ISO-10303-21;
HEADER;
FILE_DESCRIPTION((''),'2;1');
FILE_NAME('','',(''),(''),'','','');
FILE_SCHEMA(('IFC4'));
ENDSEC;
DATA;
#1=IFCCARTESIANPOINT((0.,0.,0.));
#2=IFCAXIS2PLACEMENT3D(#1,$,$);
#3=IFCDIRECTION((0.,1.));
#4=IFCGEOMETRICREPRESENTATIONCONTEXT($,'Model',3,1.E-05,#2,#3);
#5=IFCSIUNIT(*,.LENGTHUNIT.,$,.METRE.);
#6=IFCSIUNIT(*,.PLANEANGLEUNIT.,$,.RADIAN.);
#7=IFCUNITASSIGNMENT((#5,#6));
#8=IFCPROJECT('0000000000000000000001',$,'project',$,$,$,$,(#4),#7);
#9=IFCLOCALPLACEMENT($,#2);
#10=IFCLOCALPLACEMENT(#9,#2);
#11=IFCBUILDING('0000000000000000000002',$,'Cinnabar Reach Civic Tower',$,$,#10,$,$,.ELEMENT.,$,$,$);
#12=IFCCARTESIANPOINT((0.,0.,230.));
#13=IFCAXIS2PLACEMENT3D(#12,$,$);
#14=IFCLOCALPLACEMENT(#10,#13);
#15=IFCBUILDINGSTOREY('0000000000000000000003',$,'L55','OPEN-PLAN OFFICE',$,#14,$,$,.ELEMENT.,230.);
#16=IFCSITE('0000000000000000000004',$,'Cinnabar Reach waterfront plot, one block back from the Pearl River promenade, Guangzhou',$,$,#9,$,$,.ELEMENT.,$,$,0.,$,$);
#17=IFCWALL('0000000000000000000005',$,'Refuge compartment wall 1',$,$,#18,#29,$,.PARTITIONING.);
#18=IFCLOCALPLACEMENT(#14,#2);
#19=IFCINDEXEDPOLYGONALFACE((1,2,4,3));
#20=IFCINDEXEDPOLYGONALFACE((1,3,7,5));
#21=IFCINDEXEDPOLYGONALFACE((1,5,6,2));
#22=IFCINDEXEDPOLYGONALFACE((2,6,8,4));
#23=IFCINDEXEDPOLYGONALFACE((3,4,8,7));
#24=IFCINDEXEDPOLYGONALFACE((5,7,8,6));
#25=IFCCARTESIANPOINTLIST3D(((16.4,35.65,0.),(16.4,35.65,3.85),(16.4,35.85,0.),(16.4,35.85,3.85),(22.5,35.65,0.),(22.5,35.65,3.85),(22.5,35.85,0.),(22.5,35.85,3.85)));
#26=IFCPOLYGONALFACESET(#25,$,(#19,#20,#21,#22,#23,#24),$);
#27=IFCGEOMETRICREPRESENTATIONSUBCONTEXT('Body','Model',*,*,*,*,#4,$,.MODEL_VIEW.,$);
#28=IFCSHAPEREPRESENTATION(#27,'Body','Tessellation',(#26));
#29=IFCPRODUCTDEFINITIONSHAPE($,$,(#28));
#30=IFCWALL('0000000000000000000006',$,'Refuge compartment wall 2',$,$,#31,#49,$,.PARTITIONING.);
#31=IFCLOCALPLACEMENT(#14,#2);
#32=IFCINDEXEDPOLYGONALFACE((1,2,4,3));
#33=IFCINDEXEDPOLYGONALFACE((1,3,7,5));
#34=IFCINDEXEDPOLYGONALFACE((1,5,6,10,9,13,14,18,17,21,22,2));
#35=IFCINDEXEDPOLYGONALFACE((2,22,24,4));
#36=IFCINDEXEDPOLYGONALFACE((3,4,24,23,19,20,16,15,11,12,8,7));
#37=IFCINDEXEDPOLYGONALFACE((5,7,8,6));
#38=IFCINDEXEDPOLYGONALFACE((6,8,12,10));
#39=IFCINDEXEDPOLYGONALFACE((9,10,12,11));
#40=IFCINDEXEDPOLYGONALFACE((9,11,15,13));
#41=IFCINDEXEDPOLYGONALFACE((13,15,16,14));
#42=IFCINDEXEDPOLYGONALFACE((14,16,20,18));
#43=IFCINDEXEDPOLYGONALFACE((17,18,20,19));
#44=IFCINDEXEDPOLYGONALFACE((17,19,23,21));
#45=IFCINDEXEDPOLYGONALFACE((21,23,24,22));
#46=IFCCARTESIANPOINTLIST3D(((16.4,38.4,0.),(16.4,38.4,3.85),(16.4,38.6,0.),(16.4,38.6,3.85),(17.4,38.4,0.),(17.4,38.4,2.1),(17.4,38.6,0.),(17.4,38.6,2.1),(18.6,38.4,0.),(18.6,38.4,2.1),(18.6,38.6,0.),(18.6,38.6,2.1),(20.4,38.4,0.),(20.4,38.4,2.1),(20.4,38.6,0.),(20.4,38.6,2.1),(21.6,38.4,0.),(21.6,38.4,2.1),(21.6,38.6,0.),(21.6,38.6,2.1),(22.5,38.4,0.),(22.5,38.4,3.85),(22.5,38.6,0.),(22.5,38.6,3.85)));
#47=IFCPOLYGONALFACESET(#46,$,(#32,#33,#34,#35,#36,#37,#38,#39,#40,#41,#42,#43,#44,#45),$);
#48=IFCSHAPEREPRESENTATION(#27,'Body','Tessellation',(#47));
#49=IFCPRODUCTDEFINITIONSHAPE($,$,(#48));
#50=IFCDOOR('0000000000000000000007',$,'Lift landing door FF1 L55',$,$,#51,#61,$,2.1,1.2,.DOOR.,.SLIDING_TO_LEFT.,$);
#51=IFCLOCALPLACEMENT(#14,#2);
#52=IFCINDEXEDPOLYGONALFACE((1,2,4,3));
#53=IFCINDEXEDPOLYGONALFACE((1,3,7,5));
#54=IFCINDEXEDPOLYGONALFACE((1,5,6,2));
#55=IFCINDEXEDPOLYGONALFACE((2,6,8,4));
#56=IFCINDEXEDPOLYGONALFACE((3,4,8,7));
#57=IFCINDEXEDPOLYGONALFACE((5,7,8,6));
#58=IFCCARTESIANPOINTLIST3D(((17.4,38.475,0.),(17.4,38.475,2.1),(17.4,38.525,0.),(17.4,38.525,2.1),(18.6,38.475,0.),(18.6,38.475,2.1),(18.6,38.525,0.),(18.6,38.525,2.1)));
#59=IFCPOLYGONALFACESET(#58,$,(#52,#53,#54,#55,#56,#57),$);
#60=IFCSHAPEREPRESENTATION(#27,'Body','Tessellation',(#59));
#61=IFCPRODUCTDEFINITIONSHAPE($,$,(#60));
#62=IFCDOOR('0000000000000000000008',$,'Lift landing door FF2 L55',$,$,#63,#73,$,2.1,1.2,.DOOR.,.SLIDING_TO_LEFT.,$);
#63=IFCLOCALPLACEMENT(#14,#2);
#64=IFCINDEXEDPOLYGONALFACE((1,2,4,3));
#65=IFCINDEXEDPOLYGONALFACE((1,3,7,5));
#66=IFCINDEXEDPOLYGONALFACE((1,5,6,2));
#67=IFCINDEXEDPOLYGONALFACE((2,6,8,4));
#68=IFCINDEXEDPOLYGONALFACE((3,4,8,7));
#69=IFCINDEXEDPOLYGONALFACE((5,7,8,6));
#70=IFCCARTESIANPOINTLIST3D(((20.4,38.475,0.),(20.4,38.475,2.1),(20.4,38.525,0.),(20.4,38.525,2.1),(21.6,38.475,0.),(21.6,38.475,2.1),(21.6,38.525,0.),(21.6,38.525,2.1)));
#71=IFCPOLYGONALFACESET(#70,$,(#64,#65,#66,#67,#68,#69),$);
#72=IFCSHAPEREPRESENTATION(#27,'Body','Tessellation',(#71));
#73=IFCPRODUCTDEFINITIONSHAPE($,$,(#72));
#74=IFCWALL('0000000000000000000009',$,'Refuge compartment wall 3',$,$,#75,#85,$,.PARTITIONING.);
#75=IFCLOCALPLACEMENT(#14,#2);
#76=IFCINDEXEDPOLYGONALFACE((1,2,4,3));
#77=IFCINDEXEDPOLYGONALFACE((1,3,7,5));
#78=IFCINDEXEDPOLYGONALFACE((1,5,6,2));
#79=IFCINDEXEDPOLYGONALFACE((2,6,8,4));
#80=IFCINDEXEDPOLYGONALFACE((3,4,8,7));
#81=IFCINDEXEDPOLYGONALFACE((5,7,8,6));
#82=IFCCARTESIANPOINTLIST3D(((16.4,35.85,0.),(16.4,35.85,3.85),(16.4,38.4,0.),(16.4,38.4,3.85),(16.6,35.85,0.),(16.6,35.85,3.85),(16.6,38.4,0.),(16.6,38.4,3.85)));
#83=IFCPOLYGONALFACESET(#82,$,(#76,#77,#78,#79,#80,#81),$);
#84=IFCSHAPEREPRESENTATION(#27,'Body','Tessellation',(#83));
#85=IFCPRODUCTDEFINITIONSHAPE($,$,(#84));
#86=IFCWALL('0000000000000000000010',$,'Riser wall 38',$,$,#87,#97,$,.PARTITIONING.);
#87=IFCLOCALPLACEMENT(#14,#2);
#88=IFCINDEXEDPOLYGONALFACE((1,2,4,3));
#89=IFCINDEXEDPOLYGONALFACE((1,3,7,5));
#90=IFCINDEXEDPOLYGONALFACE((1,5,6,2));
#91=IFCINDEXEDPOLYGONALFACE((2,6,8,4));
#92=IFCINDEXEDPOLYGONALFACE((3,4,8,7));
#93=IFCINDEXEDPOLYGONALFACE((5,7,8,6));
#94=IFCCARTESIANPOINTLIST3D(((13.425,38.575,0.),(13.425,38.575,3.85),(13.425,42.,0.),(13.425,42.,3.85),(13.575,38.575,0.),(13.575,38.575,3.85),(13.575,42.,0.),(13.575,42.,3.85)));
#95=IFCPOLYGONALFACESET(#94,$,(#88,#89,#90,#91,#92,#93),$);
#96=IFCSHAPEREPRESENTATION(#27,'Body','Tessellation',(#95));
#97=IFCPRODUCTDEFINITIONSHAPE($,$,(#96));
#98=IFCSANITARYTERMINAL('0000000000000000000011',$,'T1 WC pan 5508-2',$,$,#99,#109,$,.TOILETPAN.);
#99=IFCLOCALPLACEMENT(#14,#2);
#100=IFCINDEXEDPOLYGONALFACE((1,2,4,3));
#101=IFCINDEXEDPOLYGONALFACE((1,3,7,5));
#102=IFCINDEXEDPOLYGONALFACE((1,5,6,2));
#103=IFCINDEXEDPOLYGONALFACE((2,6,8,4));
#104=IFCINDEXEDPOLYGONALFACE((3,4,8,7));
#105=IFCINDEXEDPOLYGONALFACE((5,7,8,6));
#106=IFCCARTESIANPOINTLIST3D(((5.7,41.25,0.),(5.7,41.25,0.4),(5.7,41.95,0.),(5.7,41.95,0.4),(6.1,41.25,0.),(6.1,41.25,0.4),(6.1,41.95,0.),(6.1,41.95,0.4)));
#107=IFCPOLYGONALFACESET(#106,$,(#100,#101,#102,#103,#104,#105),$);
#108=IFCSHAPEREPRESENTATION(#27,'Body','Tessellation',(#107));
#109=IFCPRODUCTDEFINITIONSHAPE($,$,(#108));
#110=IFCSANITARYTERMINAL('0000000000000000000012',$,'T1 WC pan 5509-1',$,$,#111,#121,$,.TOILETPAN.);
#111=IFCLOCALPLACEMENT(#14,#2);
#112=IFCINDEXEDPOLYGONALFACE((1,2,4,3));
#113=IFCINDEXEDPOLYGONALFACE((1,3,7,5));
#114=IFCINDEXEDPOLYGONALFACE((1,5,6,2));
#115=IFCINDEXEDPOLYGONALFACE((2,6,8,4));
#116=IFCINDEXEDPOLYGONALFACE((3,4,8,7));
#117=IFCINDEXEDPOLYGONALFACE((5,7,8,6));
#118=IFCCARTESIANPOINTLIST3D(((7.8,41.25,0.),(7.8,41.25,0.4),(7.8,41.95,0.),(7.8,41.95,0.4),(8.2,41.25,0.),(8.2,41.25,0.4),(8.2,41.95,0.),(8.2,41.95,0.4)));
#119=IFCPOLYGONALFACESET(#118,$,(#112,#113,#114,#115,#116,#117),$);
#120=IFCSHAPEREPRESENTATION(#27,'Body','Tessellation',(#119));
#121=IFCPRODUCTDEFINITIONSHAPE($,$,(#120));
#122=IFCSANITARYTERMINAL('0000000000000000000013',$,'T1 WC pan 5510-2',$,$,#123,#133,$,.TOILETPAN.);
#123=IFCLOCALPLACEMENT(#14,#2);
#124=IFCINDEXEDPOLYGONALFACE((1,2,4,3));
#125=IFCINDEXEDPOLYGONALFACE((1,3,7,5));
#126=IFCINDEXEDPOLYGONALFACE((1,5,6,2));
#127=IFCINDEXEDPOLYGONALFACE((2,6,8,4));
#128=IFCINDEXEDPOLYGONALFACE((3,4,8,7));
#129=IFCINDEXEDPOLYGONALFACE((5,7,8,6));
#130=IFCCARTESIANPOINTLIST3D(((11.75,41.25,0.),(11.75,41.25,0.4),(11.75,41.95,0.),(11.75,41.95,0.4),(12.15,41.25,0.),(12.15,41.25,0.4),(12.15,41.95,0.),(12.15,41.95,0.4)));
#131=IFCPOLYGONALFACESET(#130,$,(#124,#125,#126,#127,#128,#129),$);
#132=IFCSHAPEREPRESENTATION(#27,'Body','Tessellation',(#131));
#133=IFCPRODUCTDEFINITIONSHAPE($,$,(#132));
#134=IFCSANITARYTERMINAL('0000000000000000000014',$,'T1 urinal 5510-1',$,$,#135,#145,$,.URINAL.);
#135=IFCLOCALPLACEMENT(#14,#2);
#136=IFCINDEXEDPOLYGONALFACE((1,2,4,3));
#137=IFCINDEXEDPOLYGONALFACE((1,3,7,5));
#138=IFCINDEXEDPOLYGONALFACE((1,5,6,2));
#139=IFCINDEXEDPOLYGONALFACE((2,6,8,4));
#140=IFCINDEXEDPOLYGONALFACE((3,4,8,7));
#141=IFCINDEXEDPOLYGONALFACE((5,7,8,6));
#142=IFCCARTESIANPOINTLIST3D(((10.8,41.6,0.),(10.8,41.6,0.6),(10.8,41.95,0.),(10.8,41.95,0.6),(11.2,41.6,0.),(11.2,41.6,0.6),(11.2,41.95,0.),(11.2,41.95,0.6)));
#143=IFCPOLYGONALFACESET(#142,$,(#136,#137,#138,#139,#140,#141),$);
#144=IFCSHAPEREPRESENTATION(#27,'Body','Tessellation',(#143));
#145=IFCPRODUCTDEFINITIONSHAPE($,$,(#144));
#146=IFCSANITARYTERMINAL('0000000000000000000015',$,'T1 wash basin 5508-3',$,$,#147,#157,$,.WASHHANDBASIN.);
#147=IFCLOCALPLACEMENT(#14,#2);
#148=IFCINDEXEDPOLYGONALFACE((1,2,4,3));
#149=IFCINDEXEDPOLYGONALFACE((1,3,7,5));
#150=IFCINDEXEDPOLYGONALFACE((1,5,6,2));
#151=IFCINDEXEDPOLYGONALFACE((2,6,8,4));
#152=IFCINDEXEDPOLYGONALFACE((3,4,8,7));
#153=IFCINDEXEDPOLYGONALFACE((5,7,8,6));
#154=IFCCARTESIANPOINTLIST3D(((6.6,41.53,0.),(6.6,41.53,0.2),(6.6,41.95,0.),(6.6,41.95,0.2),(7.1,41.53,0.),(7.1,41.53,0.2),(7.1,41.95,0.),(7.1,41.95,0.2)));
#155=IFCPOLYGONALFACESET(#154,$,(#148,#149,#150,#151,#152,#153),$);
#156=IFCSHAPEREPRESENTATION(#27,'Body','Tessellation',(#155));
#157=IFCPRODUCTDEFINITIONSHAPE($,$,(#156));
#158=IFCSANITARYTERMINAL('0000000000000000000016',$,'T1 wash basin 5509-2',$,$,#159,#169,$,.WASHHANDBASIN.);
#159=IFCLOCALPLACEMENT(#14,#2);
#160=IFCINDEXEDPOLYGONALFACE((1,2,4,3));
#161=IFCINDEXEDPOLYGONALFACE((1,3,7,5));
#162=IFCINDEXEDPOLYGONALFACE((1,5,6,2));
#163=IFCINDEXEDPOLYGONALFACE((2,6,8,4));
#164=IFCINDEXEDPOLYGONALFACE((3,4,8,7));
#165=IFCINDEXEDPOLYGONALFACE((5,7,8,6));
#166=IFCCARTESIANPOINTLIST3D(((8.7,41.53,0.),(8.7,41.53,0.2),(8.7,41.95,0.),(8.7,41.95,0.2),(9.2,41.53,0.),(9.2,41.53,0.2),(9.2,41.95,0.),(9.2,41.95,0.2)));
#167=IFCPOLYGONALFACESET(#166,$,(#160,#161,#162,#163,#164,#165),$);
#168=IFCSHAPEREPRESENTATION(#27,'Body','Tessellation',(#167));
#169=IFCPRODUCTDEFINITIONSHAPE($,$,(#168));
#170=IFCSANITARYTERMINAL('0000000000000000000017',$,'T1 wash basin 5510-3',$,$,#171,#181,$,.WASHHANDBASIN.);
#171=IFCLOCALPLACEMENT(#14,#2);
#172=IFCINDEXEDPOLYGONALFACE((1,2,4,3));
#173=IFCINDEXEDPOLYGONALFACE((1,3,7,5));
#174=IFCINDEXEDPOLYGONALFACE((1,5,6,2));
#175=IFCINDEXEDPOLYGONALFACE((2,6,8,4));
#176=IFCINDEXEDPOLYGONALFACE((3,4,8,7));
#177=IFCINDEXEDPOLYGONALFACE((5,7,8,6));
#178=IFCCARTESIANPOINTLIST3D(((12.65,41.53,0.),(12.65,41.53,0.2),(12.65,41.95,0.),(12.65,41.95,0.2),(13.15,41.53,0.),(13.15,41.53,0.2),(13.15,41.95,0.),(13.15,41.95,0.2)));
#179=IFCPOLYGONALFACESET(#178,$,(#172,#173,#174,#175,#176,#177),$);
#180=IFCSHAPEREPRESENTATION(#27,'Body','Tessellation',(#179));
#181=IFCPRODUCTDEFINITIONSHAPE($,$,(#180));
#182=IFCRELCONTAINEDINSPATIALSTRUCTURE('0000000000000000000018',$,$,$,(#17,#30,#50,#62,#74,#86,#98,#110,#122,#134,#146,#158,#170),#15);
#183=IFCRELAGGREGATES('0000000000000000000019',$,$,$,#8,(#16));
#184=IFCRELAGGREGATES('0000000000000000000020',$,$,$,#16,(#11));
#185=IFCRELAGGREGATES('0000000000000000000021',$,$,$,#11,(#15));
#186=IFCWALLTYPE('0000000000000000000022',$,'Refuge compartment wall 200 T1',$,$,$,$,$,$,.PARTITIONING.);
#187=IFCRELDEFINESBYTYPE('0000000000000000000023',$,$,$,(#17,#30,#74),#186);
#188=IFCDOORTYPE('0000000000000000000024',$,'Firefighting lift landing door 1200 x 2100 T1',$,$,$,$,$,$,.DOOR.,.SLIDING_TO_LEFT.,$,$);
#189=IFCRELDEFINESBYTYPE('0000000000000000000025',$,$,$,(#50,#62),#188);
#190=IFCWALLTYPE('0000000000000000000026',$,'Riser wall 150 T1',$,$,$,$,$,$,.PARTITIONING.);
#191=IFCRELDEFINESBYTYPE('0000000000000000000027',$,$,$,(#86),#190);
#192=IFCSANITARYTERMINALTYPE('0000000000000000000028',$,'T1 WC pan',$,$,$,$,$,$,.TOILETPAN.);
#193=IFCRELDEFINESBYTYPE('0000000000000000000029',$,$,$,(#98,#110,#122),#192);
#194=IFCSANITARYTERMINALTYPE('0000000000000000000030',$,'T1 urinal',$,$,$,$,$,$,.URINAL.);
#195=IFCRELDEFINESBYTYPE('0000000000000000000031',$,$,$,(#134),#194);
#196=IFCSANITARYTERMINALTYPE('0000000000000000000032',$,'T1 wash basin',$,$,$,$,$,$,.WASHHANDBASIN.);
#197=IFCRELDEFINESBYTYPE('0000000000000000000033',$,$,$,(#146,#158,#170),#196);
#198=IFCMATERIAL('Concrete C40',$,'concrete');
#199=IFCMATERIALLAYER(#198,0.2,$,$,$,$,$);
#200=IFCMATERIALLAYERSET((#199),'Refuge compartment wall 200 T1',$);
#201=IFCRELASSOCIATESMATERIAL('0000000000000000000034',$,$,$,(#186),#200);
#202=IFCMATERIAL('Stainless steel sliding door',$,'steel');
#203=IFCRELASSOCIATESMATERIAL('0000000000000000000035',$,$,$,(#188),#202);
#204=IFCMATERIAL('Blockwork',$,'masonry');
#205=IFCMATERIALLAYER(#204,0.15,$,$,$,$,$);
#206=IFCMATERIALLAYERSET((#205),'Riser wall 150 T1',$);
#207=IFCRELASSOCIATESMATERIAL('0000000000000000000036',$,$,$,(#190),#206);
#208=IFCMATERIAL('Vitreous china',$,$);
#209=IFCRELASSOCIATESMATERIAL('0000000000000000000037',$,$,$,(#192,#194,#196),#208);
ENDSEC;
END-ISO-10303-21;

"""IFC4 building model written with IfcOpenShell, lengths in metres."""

from ifc_helpers import new_model, si_unit, direction, frame, frame_2d, origin, origin_2d, place, context, subcontext, project, spatial, rectangle, extrude, material, layer, layer_set, type_object, element, fill, save


model = new_model("IFC4")

# Units and contexts
model_context = context("Model", 3, precision=1e-05, world=origin(), true_north=direction((0.0, 1.0)))
body_context = subcontext(model_context, "Body", "Model", "MODEL_VIEW")
ifc_project = project(units=[si_unit("LENGTHUNIT", "METRE"), si_unit("PLANEANGLEUNIT", "RADIAN")], contexts=[model_context])

# Site, building, storey
site_placement = place(None, origin())
site = spatial("IfcSite", under=ifc_project, at=site_placement, Name="Cinnabar Reach waterfront plot, one block back from the Pearl River promenade, Guangzhou", CompositionType="ELEMENT", RefElevation=0.0)
building_placement = place(site_placement, origin())
building = spatial("IfcBuilding", under=site, at=building_placement, Name="Cinnabar Reach Civic Tower", CompositionType="ELEMENT")
storey_placement = place(building_placement, frame((0.0, 0.0, 230.0)))
storey = spatial("IfcBuildingStorey", under=building, at=storey_placement, Name="L55", Description="OPEN-PLAN OFFICE", CompositionType="ELEMENT", Elevation=230.0)

# Shared definitions
ifc_material_1 = material(Name="Blockwork", Category="masonry")
ifc_material_2 = material(Name="Stainless steel sliding door", Category="steel")

# Wall
ifc_material_3 = material(Name="Concrete C40", Category="concrete")
ifc_layer_1 = layer(ifc_material_3, 0.2)
ifc_layer_set_1 = layer_set([ifc_layer_1], Name="Refuge compartment wall 200 T1")
wall_type_1 = type_object("IfcWallType", Name="Refuge compartment wall 200 T1", PredefinedType="PARTITIONING", material=ifc_layer_set_1)
wall_1_placement = place(storey_placement, frame((16.4, 35.75, 0.0), z_axis=(0.0, 0.0, 1.0), x_axis=(1.0, 0.0, 0.0)))
element("IfcWall", 1, at=wall_1_placement, inside=storey, type_object=wall_type_1, Name="Refuge compartment wall 1", PredefinedType="PARTITIONING", context=body_context, shape_type="SweptSolid", body=[
    extrude(rectangle(XDim=6.1, YDim=0.2, at=frame_2d((3.05, 0.0))), origin(), (0.0, 0.0, 1.0), 3.85),
])

# Wall, openings, doors
wall_2_placement = place(storey_placement, frame((16.4, 38.5, 0.0), z_axis=(0.0, 0.0, 1.0), x_axis=(1.0, 0.0, 0.0)))
wall_2 = element("IfcWall", 2, at=wall_2_placement, inside=storey, type_object=wall_type_1, Name="Refuge compartment wall 2", PredefinedType="PARTITIONING", context=body_context, shape_type="SweptSolid", body=[
    extrude(rectangle(XDim=6.1, YDim=0.2, at=frame_2d((3.05, 0.0))), origin(), (0.0, 0.0, 1.0), 3.85),
])
opening_1_placement = place(wall_2_placement, frame((1.0, 0.0, 0.0)))
opening_1 = element("IfcOpeningElement", 3, at=opening_1_placement, cuts=wall_2, PredefinedType="OPENING", context=body_context, shape_type="SweptSolid", body=[
    extrude(rectangle(XDim=1.2, YDim=2.1, at=frame_2d((0.6, 1.05))), frame((0.0, 0.11, 0.0), z_axis=(0.0, -1.0, 0.0), x_axis=(1.0, 0.0, 0.0)), (0.0, 0.0, 1.0), 0.22),
])
opening_2_placement = place(wall_2_placement, frame((4.0, 0.0, 0.0)))
opening_2 = element("IfcOpeningElement", 4, at=opening_2_placement, cuts=wall_2, PredefinedType="OPENING", context=body_context, shape_type="SweptSolid", body=[
    extrude(rectangle(XDim=1.2, YDim=2.1, at=frame_2d((0.6, 1.05))), frame((0.0, 0.11, 0.0), z_axis=(0.0, -1.0, 0.0), x_axis=(1.0, 0.0, 0.0)), (0.0, 0.0, 1.0), 0.22),
])
door_type_1 = type_object("IfcDoorType", Name="Firefighting lift landing door 1200 x 2100 T1", OperationType="SLIDING_TO_LEFT", PredefinedType="DOOR", material=ifc_material_2)
door_1_placement = place(opening_1_placement, origin())
door_1 = element("IfcDoor", 5, at=door_1_placement, inside=storey, type_object=door_type_1, Name="Lift landing door FF1 L55", OperationType="SLIDING_TO_LEFT", OverallHeight=2.1, OverallWidth=1.2, PredefinedType="DOOR", context=body_context, shape_type="SweptSolid", body=[
    extrude(rectangle(XDim=1.2, YDim=2.1, at=frame_2d((0.6, 1.05))), frame((0.0, 0.025, 0.0), z_axis=(0.0, -1.0, 0.0), x_axis=(1.0, 0.0, 0.0)), (0.0, 0.0, 1.0), 0.05),
])
fill(opening_1, door_1)
door_2_placement = place(opening_2_placement, origin())
door_2 = element("IfcDoor", 6, at=door_2_placement, inside=storey, type_object=door_type_1, Name="Lift landing door FF2 L55", OperationType="SLIDING_TO_LEFT", OverallHeight=2.1, OverallWidth=1.2, PredefinedType="DOOR", context=body_context, shape_type="SweptSolid", body=[
    extrude(rectangle(XDim=1.2, YDim=2.1, at=frame_2d((0.6, 1.05))), frame((0.0, 0.025, 0.0), z_axis=(0.0, -1.0, 0.0), x_axis=(1.0, 0.0, 0.0)), (0.0, 0.0, 1.0), 0.05),
])
fill(opening_2, door_2)

# Walls
wall_3_placement = place(storey_placement, frame((16.5, 35.85, 0.0), z_axis=(0.0, 0.0, 1.0), x_axis=(0.0, 1.0, 0.0)))
element("IfcWall", 7, at=wall_3_placement, inside=storey, type_object=wall_type_1, Name="Refuge compartment wall 3", PredefinedType="PARTITIONING", context=body_context, shape_type="SweptSolid", body=[
    extrude(rectangle(XDim=2.55, YDim=0.2, at=frame_2d((1.275, 0.0))), origin(), (0.0, 0.0, 1.0), 3.85),
])
ifc_layer_2 = layer(ifc_material_1, 0.15)
ifc_layer_set_2 = layer_set([ifc_layer_2], Name="Riser wall 150 T1")
wall_type_2 = type_object("IfcWallType", Name="Riser wall 150 T1", PredefinedType="PARTITIONING", material=ifc_layer_set_2)
wall_4_placement = place(storey_placement, frame((13.5, 38.575, 0.0), z_axis=(0.0, 0.0, 1.0), x_axis=(0.0, 1.0, 0.0)))
element("IfcWall", 8, at=wall_4_placement, inside=storey, type_object=wall_type_2, Name="Riser wall 38", PredefinedType="PARTITIONING", context=body_context, shape_type="SweptSolid", body=[
    extrude(rectangle(XDim=3.425, YDim=0.15, at=frame_2d((1.7125, 0.0))), origin(), (0.0, 0.0, 1.0), 3.85),
])

# Sanitary terminals
ifc_material_4 = material(Name="Vitreous china")
sanitary_terminal_type_1 = type_object("IfcSanitaryTerminalType", Name="T1 WC pan", PredefinedType="TOILETPAN", material=ifc_material_4)
for number, where, z_axis, x_axis, name in (
    (9, (5.9, 41.6, 0.0), (0.0, 0.0, 1.0), (1.0, 0.0, 0.0), "T1 WC pan 5508-2"),
    (10, (8.0, 41.6, 0.0), (0.0, 0.0, 1.0), (1.0, 0.0, 0.0), "T1 WC pan 5509-1"),
    (11, (11.95, 41.6, 0.0), (0.0, 0.0, 1.0), (1.0, 0.0, 0.0), "T1 WC pan 5510-2"),
):
    element("IfcSanitaryTerminal", number, at=place(storey_placement, frame(where, z_axis=z_axis, x_axis=x_axis)), inside=storey, type_object=sanitary_terminal_type_1, Name=name, PredefinedType="TOILETPAN", context=body_context, shape_type="SweptSolid", body=[
        extrude(rectangle(XDim=0.4, YDim=0.7, at=origin_2d()), origin(), (0.0, 0.0, 1.0), 0.4),
    ])
sanitary_terminal_type_2 = type_object("IfcSanitaryTerminalType", Name="T1 urinal", PredefinedType="URINAL", material=ifc_material_4)
sanitary_terminal_placement = place(storey_placement, frame((11.0, 41.775, 0.0), z_axis=(0.0, 0.0, 1.0), x_axis=(1.0, 0.0, 0.0)))
element("IfcSanitaryTerminal", 12, at=sanitary_terminal_placement, inside=storey, type_object=sanitary_terminal_type_2, Name="T1 urinal 5510-1", PredefinedType="URINAL", context=body_context, shape_type="SweptSolid", body=[
    extrude(rectangle(XDim=0.4, YDim=0.35, at=origin_2d()), origin(), (0.0, 0.0, 1.0), 0.6),
])
sanitary_terminal_type_3 = type_object("IfcSanitaryTerminalType", Name="T1 wash basin", PredefinedType="WASHHANDBASIN", material=ifc_material_4)
for number, where, z_axis, x_axis, name in (
    (13, (6.85, 41.74, 0.0), (0.0, 0.0, 1.0), (1.0, 0.0, 0.0), "T1 wash basin 5508-3"),
    (14, (8.95, 41.74, 0.0), (0.0, 0.0, 1.0), (1.0, 0.0, 0.0), "T1 wash basin 5509-2"),
    (15, (12.9, 41.74, 0.0), (0.0, 0.0, 1.0), (1.0, 0.0, 0.0), "T1 wash basin 5510-3"),
):
    element("IfcSanitaryTerminal", number, at=place(storey_placement, frame(where, z_axis=z_axis, x_axis=x_axis)), inside=storey, type_object=sanitary_terminal_type_3, Name=name, PredefinedType="WASHHANDBASIN", context=body_context, shape_type="SweptSolid", body=[
        extrude(rectangle(XDim=0.5, YDim=0.42, at=origin_2d()), origin(), (0.0, 0.0, 1.0), 0.2),
    ])

save(model, "model.ifc")
